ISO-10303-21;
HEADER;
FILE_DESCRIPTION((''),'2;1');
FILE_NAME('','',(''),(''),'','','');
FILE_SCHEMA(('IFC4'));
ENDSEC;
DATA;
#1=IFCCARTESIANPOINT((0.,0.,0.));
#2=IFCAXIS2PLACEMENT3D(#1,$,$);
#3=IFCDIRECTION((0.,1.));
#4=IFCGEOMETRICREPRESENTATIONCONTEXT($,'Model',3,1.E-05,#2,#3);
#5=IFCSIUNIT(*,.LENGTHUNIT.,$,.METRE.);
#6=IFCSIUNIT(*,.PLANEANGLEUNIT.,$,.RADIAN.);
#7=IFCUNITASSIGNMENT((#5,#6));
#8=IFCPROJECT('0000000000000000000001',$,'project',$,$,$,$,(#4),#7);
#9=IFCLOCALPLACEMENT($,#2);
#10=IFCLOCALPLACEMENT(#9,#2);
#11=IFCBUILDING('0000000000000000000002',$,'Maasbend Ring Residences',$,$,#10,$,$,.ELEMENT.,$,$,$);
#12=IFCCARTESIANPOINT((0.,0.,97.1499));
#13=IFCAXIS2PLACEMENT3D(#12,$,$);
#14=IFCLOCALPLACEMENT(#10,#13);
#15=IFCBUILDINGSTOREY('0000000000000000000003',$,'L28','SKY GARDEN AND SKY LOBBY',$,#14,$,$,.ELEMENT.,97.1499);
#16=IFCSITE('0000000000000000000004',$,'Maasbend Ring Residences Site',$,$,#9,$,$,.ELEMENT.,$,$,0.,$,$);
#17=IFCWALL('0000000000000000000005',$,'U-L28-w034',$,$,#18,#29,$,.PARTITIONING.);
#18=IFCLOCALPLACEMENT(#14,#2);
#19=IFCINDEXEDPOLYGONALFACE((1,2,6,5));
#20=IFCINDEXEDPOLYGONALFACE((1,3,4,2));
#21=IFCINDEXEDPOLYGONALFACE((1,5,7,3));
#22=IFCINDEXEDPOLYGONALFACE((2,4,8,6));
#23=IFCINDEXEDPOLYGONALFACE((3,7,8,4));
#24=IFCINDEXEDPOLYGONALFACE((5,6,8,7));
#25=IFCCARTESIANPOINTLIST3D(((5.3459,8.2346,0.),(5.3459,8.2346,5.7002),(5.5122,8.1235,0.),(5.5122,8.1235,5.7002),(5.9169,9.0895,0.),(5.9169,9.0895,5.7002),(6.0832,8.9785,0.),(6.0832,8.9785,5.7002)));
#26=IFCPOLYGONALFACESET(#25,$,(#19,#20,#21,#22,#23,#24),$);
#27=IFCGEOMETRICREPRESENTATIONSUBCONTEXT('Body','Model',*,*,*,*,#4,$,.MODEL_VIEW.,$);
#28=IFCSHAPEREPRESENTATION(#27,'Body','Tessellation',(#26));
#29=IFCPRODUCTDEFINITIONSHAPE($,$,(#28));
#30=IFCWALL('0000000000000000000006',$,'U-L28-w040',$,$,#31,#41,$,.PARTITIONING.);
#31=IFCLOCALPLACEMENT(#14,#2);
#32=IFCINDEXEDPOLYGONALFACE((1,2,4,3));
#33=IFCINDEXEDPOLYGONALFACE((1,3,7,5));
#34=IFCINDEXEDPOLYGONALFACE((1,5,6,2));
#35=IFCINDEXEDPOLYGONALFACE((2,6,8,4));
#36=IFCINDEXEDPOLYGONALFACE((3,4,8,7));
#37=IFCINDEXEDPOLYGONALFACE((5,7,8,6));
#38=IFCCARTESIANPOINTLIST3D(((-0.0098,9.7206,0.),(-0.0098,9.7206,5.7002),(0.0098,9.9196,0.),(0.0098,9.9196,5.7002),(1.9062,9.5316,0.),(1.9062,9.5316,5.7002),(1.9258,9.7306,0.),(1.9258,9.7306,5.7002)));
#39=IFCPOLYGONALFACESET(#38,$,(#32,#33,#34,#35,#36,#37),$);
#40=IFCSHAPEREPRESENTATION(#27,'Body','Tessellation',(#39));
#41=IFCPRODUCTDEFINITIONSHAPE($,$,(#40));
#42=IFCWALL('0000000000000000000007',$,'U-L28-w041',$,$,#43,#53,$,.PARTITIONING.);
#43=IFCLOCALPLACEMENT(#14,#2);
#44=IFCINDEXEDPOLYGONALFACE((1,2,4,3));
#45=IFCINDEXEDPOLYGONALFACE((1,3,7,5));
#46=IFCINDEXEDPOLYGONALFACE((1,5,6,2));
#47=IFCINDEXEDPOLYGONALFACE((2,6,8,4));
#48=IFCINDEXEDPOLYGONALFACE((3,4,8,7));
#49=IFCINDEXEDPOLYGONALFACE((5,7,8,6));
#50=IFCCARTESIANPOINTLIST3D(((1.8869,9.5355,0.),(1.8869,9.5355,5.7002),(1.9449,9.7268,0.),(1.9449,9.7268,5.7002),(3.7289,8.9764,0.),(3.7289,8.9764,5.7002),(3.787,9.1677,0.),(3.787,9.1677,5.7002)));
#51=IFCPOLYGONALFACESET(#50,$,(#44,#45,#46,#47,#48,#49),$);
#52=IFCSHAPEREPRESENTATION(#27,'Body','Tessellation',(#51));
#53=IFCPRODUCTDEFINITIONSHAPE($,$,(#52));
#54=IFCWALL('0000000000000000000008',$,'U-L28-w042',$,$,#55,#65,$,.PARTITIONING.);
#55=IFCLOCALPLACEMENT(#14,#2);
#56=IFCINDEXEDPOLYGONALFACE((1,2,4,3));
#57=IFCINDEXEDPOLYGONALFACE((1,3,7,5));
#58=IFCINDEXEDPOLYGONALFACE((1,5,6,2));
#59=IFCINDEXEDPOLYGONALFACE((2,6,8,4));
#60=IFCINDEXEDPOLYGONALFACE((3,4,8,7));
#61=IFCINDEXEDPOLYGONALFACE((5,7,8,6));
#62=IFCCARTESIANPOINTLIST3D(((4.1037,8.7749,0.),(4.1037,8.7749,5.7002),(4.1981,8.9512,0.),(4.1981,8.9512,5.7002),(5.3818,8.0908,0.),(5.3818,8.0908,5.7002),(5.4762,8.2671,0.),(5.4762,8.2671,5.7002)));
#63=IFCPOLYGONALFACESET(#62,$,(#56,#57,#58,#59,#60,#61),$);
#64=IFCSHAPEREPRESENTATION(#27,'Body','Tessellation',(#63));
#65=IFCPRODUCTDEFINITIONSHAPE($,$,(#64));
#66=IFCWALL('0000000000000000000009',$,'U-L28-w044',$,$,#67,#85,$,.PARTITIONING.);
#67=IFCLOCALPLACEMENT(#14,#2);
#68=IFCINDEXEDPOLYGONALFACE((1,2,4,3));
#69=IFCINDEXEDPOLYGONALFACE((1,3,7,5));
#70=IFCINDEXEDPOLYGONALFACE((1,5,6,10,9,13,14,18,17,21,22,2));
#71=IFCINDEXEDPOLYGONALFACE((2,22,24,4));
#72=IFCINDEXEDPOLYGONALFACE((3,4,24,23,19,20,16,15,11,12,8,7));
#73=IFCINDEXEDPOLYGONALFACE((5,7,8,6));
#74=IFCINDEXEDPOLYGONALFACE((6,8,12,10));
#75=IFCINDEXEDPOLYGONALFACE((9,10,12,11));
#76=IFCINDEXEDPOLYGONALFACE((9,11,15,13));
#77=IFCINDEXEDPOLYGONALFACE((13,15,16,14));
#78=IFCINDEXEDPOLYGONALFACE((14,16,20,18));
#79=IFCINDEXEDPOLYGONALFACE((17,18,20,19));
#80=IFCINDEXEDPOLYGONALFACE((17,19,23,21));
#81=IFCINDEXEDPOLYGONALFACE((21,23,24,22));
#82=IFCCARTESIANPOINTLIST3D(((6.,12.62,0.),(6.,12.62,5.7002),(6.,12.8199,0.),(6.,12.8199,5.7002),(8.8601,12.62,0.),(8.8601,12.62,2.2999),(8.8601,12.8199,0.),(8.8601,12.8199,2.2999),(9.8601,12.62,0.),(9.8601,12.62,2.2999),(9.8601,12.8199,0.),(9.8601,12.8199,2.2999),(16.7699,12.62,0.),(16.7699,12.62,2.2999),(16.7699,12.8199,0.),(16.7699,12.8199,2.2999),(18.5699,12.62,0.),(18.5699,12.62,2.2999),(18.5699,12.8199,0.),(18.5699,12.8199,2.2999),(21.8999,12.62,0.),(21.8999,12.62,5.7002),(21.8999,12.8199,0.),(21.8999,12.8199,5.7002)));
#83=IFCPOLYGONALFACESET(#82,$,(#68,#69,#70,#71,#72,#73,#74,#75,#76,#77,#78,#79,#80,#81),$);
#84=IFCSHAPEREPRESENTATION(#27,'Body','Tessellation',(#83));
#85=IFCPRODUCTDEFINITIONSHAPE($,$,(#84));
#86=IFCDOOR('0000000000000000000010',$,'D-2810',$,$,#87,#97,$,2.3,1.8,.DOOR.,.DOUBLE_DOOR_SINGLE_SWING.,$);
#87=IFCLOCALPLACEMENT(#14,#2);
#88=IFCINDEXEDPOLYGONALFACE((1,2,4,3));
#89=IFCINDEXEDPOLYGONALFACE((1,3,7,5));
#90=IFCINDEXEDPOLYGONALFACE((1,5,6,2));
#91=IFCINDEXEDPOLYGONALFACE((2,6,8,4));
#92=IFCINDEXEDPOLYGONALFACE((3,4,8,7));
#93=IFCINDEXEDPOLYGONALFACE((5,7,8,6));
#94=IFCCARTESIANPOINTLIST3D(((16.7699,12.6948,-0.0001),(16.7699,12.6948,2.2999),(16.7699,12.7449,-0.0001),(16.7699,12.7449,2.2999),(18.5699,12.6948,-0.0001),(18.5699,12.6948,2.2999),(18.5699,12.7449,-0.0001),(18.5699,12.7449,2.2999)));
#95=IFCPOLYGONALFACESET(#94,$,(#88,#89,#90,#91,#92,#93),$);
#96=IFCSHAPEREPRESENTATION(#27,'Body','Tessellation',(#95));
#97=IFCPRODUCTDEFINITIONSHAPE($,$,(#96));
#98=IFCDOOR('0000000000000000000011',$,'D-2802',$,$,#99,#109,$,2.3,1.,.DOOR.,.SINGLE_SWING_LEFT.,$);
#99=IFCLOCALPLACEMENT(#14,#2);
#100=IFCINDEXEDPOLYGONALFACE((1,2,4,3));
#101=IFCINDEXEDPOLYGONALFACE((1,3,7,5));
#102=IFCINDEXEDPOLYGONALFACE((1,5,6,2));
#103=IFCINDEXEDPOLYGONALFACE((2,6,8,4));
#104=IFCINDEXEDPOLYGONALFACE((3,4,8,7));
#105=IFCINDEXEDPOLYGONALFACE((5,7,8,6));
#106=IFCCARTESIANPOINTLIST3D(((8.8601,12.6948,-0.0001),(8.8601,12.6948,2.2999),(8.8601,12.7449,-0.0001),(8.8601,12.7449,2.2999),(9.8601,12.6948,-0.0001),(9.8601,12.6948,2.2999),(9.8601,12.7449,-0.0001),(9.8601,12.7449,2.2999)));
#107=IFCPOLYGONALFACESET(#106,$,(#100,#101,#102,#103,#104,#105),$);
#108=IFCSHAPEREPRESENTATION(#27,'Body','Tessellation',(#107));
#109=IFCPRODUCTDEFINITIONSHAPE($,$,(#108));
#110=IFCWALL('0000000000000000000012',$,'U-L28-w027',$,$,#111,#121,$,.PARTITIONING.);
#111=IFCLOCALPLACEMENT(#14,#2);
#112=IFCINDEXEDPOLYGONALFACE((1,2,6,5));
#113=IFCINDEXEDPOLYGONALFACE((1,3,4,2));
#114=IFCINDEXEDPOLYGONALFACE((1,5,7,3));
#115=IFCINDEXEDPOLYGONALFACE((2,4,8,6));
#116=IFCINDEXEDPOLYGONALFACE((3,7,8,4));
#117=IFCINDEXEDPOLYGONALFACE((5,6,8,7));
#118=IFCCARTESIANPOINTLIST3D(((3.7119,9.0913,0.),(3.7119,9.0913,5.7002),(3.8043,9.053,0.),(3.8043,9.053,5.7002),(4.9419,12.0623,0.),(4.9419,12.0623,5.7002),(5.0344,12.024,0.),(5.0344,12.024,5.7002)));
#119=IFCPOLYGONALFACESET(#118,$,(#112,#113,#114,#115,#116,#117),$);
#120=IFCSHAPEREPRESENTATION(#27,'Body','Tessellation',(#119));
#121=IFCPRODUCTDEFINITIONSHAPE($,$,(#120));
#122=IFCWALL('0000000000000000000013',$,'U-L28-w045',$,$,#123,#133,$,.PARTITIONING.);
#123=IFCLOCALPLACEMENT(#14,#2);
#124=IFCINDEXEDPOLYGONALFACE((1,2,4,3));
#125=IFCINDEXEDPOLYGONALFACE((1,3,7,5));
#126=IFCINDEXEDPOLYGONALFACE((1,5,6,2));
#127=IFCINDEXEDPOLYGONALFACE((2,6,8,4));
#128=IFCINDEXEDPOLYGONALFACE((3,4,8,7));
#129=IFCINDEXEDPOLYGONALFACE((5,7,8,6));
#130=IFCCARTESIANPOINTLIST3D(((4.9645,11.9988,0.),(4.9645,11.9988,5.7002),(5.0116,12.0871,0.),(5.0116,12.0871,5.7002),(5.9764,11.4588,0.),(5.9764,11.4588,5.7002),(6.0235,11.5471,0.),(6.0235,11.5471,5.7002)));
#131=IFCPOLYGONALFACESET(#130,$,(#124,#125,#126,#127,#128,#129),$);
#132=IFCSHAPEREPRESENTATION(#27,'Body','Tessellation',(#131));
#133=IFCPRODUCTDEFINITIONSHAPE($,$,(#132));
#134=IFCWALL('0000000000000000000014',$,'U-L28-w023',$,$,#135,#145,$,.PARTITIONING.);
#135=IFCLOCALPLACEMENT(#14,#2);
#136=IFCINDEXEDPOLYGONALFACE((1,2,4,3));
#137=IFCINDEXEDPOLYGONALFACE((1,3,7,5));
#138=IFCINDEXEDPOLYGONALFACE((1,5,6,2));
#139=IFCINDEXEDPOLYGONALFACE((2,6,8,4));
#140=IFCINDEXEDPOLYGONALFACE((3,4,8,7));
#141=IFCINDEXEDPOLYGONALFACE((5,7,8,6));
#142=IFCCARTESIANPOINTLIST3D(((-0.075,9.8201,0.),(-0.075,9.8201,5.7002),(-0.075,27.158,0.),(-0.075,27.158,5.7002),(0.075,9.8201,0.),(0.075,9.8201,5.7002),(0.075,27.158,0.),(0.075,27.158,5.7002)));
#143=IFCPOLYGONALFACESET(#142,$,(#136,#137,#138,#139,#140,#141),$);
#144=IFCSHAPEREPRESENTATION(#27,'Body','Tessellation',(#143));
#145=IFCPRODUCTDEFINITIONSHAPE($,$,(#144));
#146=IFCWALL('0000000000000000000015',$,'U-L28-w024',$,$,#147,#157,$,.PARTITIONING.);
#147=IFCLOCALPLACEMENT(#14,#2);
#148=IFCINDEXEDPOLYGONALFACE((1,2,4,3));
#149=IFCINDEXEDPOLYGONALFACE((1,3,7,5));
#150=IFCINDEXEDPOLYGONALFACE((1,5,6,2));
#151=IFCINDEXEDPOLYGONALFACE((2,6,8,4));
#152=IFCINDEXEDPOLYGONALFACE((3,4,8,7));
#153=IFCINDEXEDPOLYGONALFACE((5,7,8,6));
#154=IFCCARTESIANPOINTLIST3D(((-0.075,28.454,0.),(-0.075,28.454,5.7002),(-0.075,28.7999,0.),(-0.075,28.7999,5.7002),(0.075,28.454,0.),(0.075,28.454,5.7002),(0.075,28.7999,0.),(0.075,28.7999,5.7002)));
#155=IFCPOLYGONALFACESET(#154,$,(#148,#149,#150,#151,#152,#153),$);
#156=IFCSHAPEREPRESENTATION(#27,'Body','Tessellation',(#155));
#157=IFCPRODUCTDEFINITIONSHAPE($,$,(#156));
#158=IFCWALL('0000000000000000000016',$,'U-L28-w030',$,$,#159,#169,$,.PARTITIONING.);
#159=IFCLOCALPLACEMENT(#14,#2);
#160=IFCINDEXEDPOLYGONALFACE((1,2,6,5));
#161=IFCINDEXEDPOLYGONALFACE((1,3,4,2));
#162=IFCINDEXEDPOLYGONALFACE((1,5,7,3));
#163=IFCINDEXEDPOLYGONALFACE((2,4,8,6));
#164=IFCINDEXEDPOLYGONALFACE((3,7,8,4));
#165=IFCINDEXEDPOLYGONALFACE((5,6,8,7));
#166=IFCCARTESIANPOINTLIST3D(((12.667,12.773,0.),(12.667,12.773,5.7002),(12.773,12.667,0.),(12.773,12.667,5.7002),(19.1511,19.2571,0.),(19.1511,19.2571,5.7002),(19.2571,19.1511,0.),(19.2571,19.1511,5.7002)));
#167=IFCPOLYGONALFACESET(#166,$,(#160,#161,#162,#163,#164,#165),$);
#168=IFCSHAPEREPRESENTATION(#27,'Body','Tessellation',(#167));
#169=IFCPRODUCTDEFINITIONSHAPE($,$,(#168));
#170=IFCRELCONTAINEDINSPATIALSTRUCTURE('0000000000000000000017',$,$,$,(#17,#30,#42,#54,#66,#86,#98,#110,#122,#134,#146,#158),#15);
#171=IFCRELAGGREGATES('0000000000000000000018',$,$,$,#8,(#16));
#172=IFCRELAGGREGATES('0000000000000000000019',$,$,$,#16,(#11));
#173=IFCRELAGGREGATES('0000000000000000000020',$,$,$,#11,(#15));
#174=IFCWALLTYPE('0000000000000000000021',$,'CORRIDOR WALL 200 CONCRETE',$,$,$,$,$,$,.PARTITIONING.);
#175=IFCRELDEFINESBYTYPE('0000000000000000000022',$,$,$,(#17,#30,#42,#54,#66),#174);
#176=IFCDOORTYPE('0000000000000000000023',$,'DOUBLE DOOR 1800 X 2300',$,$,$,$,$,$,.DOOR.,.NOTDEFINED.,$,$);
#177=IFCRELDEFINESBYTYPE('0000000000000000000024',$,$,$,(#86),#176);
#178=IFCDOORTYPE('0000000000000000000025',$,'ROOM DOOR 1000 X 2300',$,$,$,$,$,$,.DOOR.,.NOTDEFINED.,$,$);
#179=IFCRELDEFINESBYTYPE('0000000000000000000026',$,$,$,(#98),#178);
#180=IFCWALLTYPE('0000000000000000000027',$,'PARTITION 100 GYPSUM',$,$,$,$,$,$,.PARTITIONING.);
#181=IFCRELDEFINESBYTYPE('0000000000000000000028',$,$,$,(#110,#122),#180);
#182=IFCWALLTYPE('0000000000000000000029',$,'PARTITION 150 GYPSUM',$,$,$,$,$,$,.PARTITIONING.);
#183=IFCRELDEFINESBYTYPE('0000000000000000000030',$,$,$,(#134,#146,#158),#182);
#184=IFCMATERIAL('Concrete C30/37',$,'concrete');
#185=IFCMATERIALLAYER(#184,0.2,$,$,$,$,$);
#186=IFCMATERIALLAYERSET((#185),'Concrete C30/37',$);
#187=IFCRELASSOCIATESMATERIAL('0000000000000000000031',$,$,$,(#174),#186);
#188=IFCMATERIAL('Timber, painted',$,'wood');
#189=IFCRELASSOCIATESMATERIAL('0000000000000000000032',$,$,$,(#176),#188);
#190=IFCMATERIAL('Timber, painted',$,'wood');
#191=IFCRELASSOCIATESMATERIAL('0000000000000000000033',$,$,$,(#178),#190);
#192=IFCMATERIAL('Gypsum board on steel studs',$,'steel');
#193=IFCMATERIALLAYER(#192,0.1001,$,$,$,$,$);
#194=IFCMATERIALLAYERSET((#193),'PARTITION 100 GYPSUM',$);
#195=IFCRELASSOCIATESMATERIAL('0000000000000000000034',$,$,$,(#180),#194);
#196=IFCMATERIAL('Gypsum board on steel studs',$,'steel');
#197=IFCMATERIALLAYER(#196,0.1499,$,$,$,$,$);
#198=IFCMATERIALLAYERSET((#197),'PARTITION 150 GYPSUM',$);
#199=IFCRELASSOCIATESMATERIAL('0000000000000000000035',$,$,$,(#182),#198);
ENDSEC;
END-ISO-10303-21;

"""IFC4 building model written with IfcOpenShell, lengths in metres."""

from ifc_helpers import new_model, si_unit, direction, frame, frame_2d, origin, place, context, subcontext, project, spatial, rectangle, extrude, material, layer, layer_set, type_object, element, fill, save


model = new_model("IFC4")

# Units and contexts
model_context = context("Model", 3, precision=1e-05, world=origin(), true_north=direction((0.0, 1.0)))
body_context = subcontext(model_context, "Body", "Model", "MODEL_VIEW")
ifc_project = project(units=[si_unit("LENGTHUNIT", "METRE"), si_unit("PLANEANGLEUNIT", "RADIAN")], contexts=[model_context])

# Site, building, storey
site_placement = place(None, origin())
site = spatial("IfcSite", under=ifc_project, at=site_placement, Name="Maasbend Ring Residences Site", CompositionType="ELEMENT", RefElevation=0.0)
building_placement = place(site_placement, origin())
building = spatial("IfcBuilding", under=site, at=building_placement, Name="Maasbend Ring Residences", CompositionType="ELEMENT")
storey_placement = place(building_placement, frame((0.0, 0.0, 97.1499)))
storey = spatial("IfcBuildingStorey", under=building, at=storey_placement, Name="L28", Description="SKY GARDEN AND SKY LOBBY", CompositionType="ELEMENT", Elevation=97.1499)

# Shared definitions
ifc_material_1 = material(Name="Concrete C30/37", Category="concrete")
ifc_layer_1 = layer(ifc_material_1, 0.2)
ifc_layer_set_1 = layer_set([ifc_layer_1], Name="Concrete C30/37")
wall_type_1 = type_object("IfcWallType", Name="CORRIDOR WALL 200 CONCRETE", PredefinedType="PARTITIONING", material=ifc_layer_set_1)

# Walls
wall_1_placement = place(storey_placement, frame((5.429, 8.179, 0.0), z_axis=(0.0, 0.0, 1.0), x_axis=(0.555412, 0.831575, 0.0)))
element("IfcWall", 1, at=wall_1_placement, inside=storey, type_object=wall_type_1, Name="U-L28-w034", PredefinedType="PARTITIONING", context=body_context, shape_type="SweptSolid", body=[
    extrude(rectangle(XDim=1.0281, YDim=0.2, at=frame_2d((0.5142, 0.0))), origin(), (0.0, 0.0, 1.0), 5.7002),
])
wall_2_placement = place(storey_placement, frame((0.0, 9.8201, 0.0), z_axis=(0.0, 0.0, 1.0), x_axis=(0.995172, -0.098148, 0.0)))
element("IfcWall", 2, at=wall_2_placement, inside=storey, type_object=wall_type_1, Name="U-L28-w040", PredefinedType="PARTITIONING", context=body_context, shape_type="SweptSolid", body=[
    extrude(rectangle(XDim=1.9253, YDim=0.2, at=frame_2d((0.9626, 0.0))), origin(), (0.0, 0.0, 1.0), 5.7002),
])
wall_3_placement = place(storey_placement, frame((1.916, 9.6311, 0.0), z_axis=(0.0, 0.0, 1.0), x_axis=(0.956896, -0.29043, 0.0)))
element("IfcWall", 3, at=wall_3_placement, inside=storey, type_object=wall_type_1, Name="U-L28-w041", PredefinedType="PARTITIONING", context=body_context, shape_type="SweptSolid", body=[
    extrude(rectangle(XDim=1.925, YDim=0.2, at=frame_2d((0.9624, 0.0))), origin(), (0.0, 0.0, 1.0), 5.7002),
])
wall_4_placement = place(storey_placement, frame((4.1509, 8.863, 0.0), z_axis=(0.0, 0.0, 1.0), x_axis=(0.881653, -0.471899, 0.0)))
element("IfcWall", 4, at=wall_4_placement, inside=storey, type_object=wall_type_1, Name="U-L28-w042", PredefinedType="PARTITIONING", context=body_context, shape_type="SweptSolid", body=[
    extrude(rectangle(XDim=1.4497, YDim=0.2, at=frame_2d((0.7249, 0.0))), origin(), (0.0, 0.0, 1.0), 5.7002),
])

# Wall, openings, doors
wall_5_placement = place(storey_placement, frame((6.0, 12.72, 0.0), z_axis=(0.0, 0.0, 1.0), x_axis=(1.0, 0.0, 0.0)))
wall_5 = element("IfcWall", 5, at=wall_5_placement, inside=storey, type_object=wall_type_1, Name="U-L28-w044", PredefinedType="PARTITIONING", context=body_context, shape_type="SweptSolid", body=[
    extrude(rectangle(XDim=15.8999, YDim=0.2, at=frame_2d((7.95, 0.0))), origin(), (0.0, 0.0, 1.0), 5.7002),
])
opening_1_placement = place(wall_5_placement, frame((2.8601, 0.0, 0.0)))
opening_1 = element("IfcOpeningElement", 6, at=opening_1_placement, cuts=wall_5, PredefinedType="OPENING", context=body_context, shape_type="SweptSolid", body=[
    extrude(rectangle(XDim=1.0, YDim=2.3, at=frame_2d((0.5, 1.1499))), frame((0.0, 0.1099, 0.0), z_axis=(0.0, -1.0, 0.0), x_axis=(1.0, 0.0, 0.0)), (0.0, 0.0, 1.0), 0.22),
])
opening_2_placement = place(wall_5_placement, frame((10.77, 0.0, 0.0)))
opening_2 = element("IfcOpeningElement", 7, at=opening_2_placement, cuts=wall_5, PredefinedType="OPENING", context=body_context, shape_type="SweptSolid", body=[
    extrude(rectangle(XDim=1.8, YDim=2.3, at=frame_2d((0.8999, 1.1499))), frame((0.0, 0.1099, 0.0), z_axis=(0.0, -1.0, 0.0), x_axis=(1.0, 0.0, 0.0)), (0.0, 0.0, 1.0), 0.22),
])
ifc_material_2 = material(Name="Timber, painted", Category="wood")
door_type_1 = type_object("IfcDoorType", Name="DOUBLE DOOR 1800 X 2300", OperationType="NOTDEFINED", PredefinedType="DOOR", material=ifc_material_2)
door_1_placement = place(opening_2_placement, origin())
door_1 = element("IfcDoor", 8, at=door_1_placement, inside=storey, type_object=door_type_1, Name="D-2810", OperationType="DOUBLE_DOOR_SINGLE_SWING", OverallHeight=2.3, OverallWidth=1.8, PredefinedType="DOOR", context=body_context, shape_type="SweptSolid", body=[
    extrude(rectangle(XDim=1.8, YDim=2.3, at=frame_2d((0.8999, 1.1499))), frame((0.0, 0.0249, 0.0), z_axis=(0.0, -1.0, 0.0), x_axis=(1.0, 0.0, 0.0)), (0.0, 0.0, 1.0), 0.05),
])
fill(opening_2, door_1)
ifc_material_3 = material(Name="Timber, painted", Category="wood")
door_type_2 = type_object("IfcDoorType", Name="ROOM DOOR 1000 X 2300", OperationType="NOTDEFINED", PredefinedType="DOOR", material=ifc_material_3)
door_2_placement = place(opening_1_placement, origin())
door_2 = element("IfcDoor", 9, at=door_2_placement, inside=storey, type_object=door_type_2, Name="D-2802", OperationType="SINGLE_SWING_LEFT", OverallHeight=2.3, OverallWidth=1.0, PredefinedType="DOOR", context=body_context, shape_type="SweptSolid", body=[
    extrude(rectangle(XDim=1.0, YDim=2.3, at=frame_2d((0.5, 1.1499))), frame((0.0, 0.0249, 0.0), z_axis=(0.0, -1.0, 0.0), x_axis=(1.0, 0.0, 0.0)), (0.0, 0.0, 1.0), 0.05),
])
fill(opening_1, door_2)

# Walls
ifc_material_4 = material(Name="Gypsum board on steel studs", Category="steel")
ifc_layer_2 = layer(ifc_material_4, 0.1001)
ifc_layer_set_2 = layer_set([ifc_layer_2], Name="PARTITION 100 GYPSUM")
wall_type_2 = type_object("IfcWallType", Name="PARTITION 100 GYPSUM", PredefinedType="PARTITIONING", material=ifc_layer_set_2)
wall_6_placement = place(storey_placement, frame((3.7581, 9.072, 0.0), z_axis=(0.0, 0.0, 1.0), x_axis=(0.382517, 0.923948, 0.0)))
element("IfcWall", 10, at=wall_6_placement, inside=storey, type_object=wall_type_2, Name="U-L28-w027", PredefinedType="PARTITIONING", context=body_context, shape_type="SweptSolid", body=[
    extrude(rectangle(XDim=3.2156, YDim=0.1001, at=frame_2d((1.6079, 0.0))), origin(), (0.0, 0.0, 1.0), 5.7002),
])
wall_7_placement = place(storey_placement, frame((4.988, 12.043, 0.0), z_axis=(0.0, 0.0, 1.0), x_axis=(0.882235, -0.470809, 0.0)))
element("IfcWall", 11, at=wall_7_placement, inside=storey, type_object=wall_type_2, Name="U-L28-w045", PredefinedType="PARTITIONING", context=body_context, shape_type="SweptSolid", body=[
    extrude(rectangle(XDim=1.147, YDim=0.1001, at=frame_2d((0.5735, 0.0))), origin(), (0.0, 0.0, 1.0), 5.7002),
])
ifc_material_5 = material(Name="Gypsum board on steel studs", Category="steel")
ifc_layer_3 = layer(ifc_material_5, 0.1499)
ifc_layer_set_3 = layer_set([ifc_layer_3], Name="PARTITION 150 GYPSUM")
wall_type_3 = type_object("IfcWallType", Name="PARTITION 150 GYPSUM", PredefinedType="PARTITIONING", material=ifc_layer_set_3)
wall_8_placement = place(storey_placement, frame((0.0, 9.8201, 0.0), z_axis=(0.0, 0.0, 1.0), x_axis=(0.0, 1.0, 0.0)))
element("IfcWall", 12, at=wall_8_placement, inside=storey, type_object=wall_type_3, Name="U-L28-w023", PredefinedType="PARTITIONING", context=body_context, shape_type="SweptSolid", body=[
    extrude(rectangle(XDim=17.3379, YDim=0.1499, at=frame_2d((8.6689, 0.0))), origin(), (0.0, 0.0, 1.0), 5.7002),
])
wall_9_placement = place(storey_placement, frame((0.0, 28.4541, 0.0), z_axis=(0.0, 0.0, 1.0), x_axis=(0.0, 1.0, 0.0)))
element("IfcWall", 13, at=wall_9_placement, inside=storey, type_object=wall_type_3, Name="U-L28-w024", PredefinedType="PARTITIONING", context=body_context, shape_type="SweptSolid", body=[
    extrude(rectangle(XDim=0.3459, YDim=0.1499, at=frame_2d((0.1729, 0.0))), origin(), (0.0, 0.0, 1.0), 5.7002),
])
wall_10_placement = place(storey_placement, frame((12.72, 12.72, 0.0), z_axis=(0.0, 0.0, 1.0), x_axis=(0.707107, 0.707107, 0.0)))
element("IfcWall", 14, at=wall_10_placement, inside=storey, type_object=wall_type_3, Name="U-L28-w030", PredefinedType="PARTITIONING", context=body_context, shape_type="SweptSolid", body=[
    extrude(rectangle(XDim=9.1699, YDim=0.1499, at=frame_2d((4.585, 0.0))), origin(), (0.0, 0.0, 1.0), 5.7002),
])

save(model, "model.ifc")
